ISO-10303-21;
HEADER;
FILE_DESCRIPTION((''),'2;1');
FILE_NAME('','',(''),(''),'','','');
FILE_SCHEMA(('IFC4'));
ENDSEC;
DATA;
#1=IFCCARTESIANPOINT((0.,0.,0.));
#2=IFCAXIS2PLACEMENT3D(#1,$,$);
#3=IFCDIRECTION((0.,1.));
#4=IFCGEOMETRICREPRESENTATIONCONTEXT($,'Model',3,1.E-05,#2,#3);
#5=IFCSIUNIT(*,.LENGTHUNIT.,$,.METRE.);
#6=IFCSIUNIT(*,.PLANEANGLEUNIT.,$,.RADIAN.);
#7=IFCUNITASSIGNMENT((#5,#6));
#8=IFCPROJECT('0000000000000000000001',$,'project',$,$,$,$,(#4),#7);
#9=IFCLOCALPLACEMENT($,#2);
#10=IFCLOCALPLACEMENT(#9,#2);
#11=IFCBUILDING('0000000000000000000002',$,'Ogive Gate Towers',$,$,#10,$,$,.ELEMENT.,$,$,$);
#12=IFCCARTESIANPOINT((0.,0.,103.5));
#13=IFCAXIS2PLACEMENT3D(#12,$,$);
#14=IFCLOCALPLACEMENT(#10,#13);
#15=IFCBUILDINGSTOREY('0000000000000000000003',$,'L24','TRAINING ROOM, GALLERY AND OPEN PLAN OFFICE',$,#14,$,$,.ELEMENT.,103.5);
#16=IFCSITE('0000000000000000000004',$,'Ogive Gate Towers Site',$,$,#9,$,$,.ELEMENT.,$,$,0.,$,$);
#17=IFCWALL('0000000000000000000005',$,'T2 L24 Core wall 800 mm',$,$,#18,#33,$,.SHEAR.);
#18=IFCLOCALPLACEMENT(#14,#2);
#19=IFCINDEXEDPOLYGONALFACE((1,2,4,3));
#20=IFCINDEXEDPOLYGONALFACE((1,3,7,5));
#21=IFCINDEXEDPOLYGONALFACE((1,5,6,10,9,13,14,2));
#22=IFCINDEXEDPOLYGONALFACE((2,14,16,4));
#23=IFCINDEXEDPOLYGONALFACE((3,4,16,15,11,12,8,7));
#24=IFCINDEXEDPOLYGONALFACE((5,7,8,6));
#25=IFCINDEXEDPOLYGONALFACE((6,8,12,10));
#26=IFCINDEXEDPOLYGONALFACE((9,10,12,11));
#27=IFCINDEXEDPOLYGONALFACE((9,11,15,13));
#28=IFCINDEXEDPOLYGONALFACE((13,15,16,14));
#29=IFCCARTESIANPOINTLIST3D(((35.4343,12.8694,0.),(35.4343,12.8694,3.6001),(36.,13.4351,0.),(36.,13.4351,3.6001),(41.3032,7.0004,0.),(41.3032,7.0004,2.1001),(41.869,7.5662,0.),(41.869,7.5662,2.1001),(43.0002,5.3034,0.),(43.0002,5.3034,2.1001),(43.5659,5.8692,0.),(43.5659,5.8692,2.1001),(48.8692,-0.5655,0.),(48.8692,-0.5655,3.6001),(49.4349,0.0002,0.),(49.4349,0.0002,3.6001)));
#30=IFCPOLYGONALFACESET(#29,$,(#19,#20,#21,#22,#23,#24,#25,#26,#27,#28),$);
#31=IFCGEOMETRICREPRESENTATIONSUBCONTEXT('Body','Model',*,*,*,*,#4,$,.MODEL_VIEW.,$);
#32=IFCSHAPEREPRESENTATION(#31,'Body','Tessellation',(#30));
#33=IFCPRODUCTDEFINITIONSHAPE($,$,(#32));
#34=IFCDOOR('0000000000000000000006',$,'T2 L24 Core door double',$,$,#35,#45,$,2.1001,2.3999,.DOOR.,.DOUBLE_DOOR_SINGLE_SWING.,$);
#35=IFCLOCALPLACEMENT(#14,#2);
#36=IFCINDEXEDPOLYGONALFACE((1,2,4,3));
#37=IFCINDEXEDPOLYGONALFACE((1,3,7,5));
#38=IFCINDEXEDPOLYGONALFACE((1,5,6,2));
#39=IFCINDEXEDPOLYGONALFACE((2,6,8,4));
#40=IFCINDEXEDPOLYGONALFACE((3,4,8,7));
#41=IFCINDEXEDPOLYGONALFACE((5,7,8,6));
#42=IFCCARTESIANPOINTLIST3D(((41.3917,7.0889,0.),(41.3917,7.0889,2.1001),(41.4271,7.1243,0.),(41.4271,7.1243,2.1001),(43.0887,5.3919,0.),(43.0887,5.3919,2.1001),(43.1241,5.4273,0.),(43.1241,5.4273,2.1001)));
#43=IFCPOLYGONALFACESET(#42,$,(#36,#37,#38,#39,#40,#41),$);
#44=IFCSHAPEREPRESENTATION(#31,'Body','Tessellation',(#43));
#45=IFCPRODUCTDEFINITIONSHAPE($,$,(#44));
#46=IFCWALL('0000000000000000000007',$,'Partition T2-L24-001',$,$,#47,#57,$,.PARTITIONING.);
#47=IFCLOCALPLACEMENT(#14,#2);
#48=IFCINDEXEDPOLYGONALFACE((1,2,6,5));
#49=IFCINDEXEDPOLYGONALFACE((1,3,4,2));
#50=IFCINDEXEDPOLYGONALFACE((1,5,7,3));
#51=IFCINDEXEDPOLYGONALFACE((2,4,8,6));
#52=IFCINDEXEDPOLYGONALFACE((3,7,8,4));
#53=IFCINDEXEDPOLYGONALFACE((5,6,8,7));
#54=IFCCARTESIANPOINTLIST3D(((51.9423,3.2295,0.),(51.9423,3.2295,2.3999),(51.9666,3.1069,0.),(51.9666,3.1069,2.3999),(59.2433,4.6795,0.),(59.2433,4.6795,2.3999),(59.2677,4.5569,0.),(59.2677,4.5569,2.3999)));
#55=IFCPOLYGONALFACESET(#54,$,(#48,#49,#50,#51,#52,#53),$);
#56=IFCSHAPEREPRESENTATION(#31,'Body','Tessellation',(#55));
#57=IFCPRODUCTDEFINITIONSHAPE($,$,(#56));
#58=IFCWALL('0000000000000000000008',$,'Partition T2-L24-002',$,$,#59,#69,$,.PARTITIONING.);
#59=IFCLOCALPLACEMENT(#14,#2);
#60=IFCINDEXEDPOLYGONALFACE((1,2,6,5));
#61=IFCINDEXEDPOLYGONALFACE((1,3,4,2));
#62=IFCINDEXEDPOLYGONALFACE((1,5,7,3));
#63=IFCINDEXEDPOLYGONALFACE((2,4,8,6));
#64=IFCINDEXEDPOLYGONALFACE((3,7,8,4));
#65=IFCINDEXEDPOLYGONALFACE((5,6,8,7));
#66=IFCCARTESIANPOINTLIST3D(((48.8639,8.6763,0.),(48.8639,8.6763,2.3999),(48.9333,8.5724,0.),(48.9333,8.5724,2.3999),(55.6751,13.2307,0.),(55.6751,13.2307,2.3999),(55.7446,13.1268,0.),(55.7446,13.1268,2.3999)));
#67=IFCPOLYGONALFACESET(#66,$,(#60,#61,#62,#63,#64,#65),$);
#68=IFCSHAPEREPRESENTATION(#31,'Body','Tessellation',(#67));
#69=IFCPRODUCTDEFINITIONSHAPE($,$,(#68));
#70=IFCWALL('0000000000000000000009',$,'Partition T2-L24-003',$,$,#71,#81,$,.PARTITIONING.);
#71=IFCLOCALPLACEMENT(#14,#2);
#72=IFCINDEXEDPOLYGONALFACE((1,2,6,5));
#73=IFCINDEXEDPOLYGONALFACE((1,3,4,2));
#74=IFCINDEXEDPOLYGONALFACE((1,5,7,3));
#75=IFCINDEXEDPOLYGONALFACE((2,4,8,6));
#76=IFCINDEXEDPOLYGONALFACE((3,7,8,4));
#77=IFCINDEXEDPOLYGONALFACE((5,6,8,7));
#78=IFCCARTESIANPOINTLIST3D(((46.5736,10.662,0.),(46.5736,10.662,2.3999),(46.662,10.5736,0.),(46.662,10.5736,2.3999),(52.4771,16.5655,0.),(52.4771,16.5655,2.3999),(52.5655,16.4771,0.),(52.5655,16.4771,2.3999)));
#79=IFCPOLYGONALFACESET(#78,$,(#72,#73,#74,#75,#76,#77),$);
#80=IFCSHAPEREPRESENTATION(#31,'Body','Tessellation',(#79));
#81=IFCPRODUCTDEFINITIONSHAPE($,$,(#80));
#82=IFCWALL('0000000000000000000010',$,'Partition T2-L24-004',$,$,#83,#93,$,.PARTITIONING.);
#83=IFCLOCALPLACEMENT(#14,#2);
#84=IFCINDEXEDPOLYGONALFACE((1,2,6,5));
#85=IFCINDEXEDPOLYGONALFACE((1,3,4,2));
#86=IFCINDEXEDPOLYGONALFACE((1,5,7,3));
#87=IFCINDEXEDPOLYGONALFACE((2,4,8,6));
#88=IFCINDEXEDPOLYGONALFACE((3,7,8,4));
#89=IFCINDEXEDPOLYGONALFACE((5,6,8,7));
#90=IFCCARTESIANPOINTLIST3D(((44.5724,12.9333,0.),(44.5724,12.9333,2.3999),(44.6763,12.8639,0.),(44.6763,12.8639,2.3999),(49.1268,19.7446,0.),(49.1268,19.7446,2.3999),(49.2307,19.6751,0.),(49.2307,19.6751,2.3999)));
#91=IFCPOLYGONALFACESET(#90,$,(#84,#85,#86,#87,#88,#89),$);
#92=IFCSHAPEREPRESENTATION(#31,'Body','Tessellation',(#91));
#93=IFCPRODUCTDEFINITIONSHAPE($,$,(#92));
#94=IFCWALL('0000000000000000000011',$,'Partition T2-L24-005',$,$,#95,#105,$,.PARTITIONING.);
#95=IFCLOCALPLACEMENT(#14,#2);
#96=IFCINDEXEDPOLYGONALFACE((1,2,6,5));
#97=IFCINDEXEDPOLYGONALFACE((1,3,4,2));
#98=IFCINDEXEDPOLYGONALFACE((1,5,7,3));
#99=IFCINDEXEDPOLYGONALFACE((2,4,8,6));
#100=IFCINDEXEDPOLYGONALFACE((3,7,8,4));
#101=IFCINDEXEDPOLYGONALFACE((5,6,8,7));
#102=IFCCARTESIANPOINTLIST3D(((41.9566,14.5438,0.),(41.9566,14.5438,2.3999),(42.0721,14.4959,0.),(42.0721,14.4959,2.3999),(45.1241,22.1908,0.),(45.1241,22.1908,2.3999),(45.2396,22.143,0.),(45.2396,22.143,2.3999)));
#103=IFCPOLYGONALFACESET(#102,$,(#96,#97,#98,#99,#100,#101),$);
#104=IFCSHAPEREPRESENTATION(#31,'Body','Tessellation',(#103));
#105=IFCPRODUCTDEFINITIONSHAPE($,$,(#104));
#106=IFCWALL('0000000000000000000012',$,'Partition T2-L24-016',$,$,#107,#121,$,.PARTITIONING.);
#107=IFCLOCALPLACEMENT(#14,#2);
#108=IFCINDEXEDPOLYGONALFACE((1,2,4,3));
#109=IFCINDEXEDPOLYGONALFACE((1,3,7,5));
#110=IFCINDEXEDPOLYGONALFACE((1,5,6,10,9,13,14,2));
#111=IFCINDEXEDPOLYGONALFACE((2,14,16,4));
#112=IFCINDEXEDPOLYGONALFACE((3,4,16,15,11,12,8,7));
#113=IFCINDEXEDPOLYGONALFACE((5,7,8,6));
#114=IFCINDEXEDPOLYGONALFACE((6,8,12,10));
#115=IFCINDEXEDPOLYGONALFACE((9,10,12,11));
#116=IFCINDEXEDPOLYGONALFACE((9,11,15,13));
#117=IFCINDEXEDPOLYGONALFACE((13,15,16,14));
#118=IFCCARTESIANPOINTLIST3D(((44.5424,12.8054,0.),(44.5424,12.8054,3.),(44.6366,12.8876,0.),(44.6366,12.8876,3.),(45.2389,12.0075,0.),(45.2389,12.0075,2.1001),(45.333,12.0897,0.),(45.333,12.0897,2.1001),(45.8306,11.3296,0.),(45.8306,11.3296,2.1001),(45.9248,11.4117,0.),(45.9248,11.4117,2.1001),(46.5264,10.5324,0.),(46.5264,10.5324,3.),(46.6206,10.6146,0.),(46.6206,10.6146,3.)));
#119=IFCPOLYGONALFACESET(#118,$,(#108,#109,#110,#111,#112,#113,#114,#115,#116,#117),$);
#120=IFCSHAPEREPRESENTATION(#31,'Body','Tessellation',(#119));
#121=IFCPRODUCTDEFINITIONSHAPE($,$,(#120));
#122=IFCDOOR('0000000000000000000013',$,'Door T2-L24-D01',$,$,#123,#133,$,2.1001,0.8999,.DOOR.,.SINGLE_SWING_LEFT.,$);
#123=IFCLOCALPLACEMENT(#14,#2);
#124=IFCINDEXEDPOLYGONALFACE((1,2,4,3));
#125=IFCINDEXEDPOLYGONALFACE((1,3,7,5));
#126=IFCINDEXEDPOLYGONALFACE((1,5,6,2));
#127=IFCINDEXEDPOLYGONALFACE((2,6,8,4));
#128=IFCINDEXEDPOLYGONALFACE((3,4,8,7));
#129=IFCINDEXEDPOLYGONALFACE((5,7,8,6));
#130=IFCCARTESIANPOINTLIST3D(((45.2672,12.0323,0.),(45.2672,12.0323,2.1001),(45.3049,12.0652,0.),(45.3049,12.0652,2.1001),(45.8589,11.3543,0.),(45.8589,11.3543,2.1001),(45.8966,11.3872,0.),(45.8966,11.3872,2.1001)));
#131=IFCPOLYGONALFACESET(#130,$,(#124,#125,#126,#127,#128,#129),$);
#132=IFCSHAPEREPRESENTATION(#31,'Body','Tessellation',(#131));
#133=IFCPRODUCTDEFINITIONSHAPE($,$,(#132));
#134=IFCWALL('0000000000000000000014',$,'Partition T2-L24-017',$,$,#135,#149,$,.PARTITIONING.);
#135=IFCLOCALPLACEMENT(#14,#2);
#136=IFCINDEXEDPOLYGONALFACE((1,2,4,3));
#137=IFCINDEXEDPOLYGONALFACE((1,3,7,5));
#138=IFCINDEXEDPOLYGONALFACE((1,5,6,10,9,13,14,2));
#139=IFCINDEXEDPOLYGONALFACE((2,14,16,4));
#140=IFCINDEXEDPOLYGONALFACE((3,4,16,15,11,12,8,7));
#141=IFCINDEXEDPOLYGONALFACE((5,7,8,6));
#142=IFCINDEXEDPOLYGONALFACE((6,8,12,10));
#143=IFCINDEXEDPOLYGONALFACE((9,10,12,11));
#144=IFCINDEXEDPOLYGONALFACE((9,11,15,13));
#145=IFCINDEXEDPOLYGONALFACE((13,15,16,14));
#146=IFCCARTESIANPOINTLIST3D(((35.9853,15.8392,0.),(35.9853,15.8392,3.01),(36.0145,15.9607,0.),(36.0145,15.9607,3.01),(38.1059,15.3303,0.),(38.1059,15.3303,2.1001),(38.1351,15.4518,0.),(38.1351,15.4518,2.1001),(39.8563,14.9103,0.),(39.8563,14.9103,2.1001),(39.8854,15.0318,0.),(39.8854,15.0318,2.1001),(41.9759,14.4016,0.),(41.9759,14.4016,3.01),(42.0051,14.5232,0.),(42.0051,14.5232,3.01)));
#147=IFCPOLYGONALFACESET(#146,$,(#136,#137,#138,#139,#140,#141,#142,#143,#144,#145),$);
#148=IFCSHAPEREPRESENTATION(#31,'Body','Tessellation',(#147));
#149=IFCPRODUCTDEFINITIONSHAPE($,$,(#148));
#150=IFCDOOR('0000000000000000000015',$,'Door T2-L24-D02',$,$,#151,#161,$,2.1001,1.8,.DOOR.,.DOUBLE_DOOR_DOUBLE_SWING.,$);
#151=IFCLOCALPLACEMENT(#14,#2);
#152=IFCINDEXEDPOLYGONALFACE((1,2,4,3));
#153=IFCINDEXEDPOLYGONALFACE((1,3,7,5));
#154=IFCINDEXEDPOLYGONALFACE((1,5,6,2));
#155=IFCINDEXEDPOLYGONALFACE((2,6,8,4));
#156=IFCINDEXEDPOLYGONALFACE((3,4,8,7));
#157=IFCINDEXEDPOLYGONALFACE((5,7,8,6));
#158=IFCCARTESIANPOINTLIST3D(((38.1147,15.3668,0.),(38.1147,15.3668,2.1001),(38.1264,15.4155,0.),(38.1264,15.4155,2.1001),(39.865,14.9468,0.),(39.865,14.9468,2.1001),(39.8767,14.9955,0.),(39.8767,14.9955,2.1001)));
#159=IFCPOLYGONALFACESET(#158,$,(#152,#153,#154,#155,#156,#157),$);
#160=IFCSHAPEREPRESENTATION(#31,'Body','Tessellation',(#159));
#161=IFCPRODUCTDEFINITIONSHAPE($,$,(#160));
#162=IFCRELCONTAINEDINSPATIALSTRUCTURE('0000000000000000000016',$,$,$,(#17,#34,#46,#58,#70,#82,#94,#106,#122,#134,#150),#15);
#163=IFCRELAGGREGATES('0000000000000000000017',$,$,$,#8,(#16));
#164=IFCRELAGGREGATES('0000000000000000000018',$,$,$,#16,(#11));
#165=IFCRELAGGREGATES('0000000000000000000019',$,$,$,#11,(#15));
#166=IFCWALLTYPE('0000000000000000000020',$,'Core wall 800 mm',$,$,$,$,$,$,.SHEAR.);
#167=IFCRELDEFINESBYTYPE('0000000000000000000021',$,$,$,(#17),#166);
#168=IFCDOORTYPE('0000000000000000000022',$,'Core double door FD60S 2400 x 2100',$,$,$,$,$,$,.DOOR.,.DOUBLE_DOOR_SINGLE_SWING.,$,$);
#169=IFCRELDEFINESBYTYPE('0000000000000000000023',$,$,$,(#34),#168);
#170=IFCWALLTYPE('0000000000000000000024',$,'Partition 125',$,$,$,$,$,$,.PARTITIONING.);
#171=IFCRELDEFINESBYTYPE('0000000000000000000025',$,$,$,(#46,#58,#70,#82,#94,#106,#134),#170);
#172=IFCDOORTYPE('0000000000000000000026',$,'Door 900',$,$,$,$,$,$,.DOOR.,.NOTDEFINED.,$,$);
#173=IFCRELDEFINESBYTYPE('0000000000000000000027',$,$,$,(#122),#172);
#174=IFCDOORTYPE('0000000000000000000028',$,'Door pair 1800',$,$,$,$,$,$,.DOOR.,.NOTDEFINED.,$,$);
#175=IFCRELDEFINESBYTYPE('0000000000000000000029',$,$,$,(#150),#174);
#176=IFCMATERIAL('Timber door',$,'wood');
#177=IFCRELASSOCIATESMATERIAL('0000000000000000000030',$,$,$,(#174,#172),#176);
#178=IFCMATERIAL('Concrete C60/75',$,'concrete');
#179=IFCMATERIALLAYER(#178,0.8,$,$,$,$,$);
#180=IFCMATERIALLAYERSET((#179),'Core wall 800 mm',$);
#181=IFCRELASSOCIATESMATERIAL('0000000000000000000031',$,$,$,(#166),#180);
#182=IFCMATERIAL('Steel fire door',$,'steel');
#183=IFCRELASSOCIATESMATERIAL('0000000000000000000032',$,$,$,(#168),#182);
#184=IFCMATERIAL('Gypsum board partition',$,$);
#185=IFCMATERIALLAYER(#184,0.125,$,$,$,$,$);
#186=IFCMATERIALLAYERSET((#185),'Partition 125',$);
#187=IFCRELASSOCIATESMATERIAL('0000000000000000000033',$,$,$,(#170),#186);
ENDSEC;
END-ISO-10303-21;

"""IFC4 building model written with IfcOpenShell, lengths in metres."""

from ifc_helpers import new_model, si_unit, direction, frame, frame_2d, origin, place, context, subcontext, project, spatial, rectangle, extrude, material, layer, layer_set, type_object, element, fill, save


model = new_model("IFC4")

# Units and contexts
model_context = context("Model", 3, precision=1e-05, world=origin(), true_north=direction((0.0, 1.0)))
body_context = subcontext(model_context, "Body", "Model", "MODEL_VIEW")
ifc_project = project(units=[si_unit("LENGTHUNIT", "METRE"), si_unit("PLANEANGLEUNIT", "RADIAN")], contexts=[model_context])

# Site, building, storey
site_placement = place(None, origin())
site = spatial("IfcSite", under=ifc_project, at=site_placement, Name="Ogive Gate Towers Site", CompositionType="ELEMENT", RefElevation=0.0)
building_placement = place(site_placement, origin())
building = spatial("IfcBuilding", under=site, at=building_placement, Name="Ogive Gate Towers", CompositionType="ELEMENT")
storey_placement = place(building_placement, frame((0.0, 0.0, 103.5)))
storey = spatial("IfcBuildingStorey", under=building, at=storey_placement, Name="L24", Description="TRAINING ROOM, GALLERY AND OPEN PLAN OFFICE", CompositionType="ELEMENT", Elevation=103.5)

# Wall, opening, door
ifc_material_1 = material(Name="Timber door", Category="wood")
door_type_1 = type_object("IfcDoorType", Name="Door pair 1800", OperationType="NOTDEFINED", PredefinedType="DOOR", material=ifc_material_1)
ifc_material_2 = material(Name="Concrete C60/75", Category="concrete")
ifc_layer_1 = layer(ifc_material_2, 0.8)
ifc_layer_set_1 = layer_set([ifc_layer_1], Name="Core wall 800 mm")
wall_type_1 = type_object("IfcWallType", Name="Core wall 800 mm", PredefinedType="SHEAR", material=ifc_layer_set_1)
wall_1_placement = place(storey_placement, frame((49.1521, -0.2827, 0.0), z_axis=(0.0, 0.0, 1.0), x_axis=(-0.707107, 0.707107, 0.0)))
wall_1 = element("IfcWall", 1, at=wall_1_placement, inside=storey, type_object=wall_type_1, Name="T2 L24 Core wall 800 mm", PredefinedType="SHEAR", context=body_context, shape_type="SweptSolid", body=[
    extrude(rectangle(XDim=18.9998, YDim=0.8, at=frame_2d((9.5, 0.0))), origin(), (0.0, 0.0, 1.0), 3.6001),
])
opening_1_placement = place(wall_1_placement, frame((8.3, 0.0, 0.0)))
opening_1 = element("IfcOpeningElement", 2, at=opening_1_placement, cuts=wall_1, PredefinedType="OPENING", context=body_context, shape_type="SweptSolid", body=[
    extrude(rectangle(XDim=2.3999, YDim=2.1001, at=frame_2d((1.2, 1.05))), frame((0.0, 0.4102, 0.0), z_axis=(0.0, -1.0, 0.0), x_axis=(1.0, 0.0, 0.0)), (0.0, 0.0, 1.0), 0.8201),
])
ifc_material_3 = material(Name="Steel fire door", Category="steel")
door_type_2 = type_object("IfcDoorType", Name="Core double door FD60S 2400 x 2100", OperationType="DOUBLE_DOOR_SINGLE_SWING", PredefinedType="DOOR", material=ifc_material_3)
door_1_placement = place(opening_1_placement, origin())
door_1 = element("IfcDoor", 3, at=door_1_placement, inside=storey, type_object=door_type_2, Name="T2 L24 Core door double", OperationType="DOUBLE_DOOR_SINGLE_SWING", OverallHeight=2.1001, OverallWidth=2.3999, PredefinedType="DOOR", context=body_context, shape_type="SweptSolid", body=[
    extrude(rectangle(XDim=2.3999, YDim=2.1001, at=frame_2d((1.2, 1.05))), frame((0.0, 0.2749, 0.0), z_axis=(0.0, -1.0, 0.0), x_axis=(1.0, 0.0, 0.0)), (0.0, 0.0, 1.0), 0.05),
])
fill(opening_1, door_1)

# Walls
ifc_material_4 = material(Name="Gypsum board partition")
ifc_layer_2 = layer(ifc_material_4, 0.125)
ifc_layer_set_2 = layer_set([ifc_layer_2], Name="Partition 125")
wall_type_2 = type_object("IfcWallType", Name="Partition 125", PredefinedType="PARTITIONING", material=ifc_layer_set_2)
wall_2_placement = place(storey_placement, frame((59.2554, 4.6182, 0.0), z_axis=(0.0, 0.0, 1.0), x_axis=(-0.980845, -0.194791, 0.0)))
element("IfcWall", 4, at=wall_2_placement, inside=storey, type_object=wall_type_2, Name="Partition T2-L24-001", PredefinedType="PARTITIONING", context=body_context, shape_type="SweptSolid", body=[
    extrude(rectangle(XDim=7.4436, YDim=0.125, at=frame_2d((3.7217, 0.0))), origin(), (0.0, 0.0, 1.0), 2.3999),
])
wall_3_placement = place(storey_placement, frame((55.7097, 13.1787, 0.0), z_axis=(0.0, 0.0, 1.0), x_axis=(-0.831284, -0.555848, 0.0)))
element("IfcWall", 5, at=wall_3_placement, inside=storey, type_object=wall_type_2, Name="Partition T2-L24-002", PredefinedType="PARTITIONING", context=body_context, shape_type="SweptSolid", body=[
    extrude(rectangle(XDim=8.1936, YDim=0.125, at=frame_2d((4.0967, 0.0))), origin(), (0.0, 0.0, 1.0), 2.3999),
])
wall_4_placement = place(storey_placement, frame((52.5212, 16.5212, 0.0), z_axis=(0.0, 0.0, 1.0), x_axis=(-0.707107, -0.707107, 0.0)))
element("IfcWall", 6, at=wall_4_placement, inside=storey, type_object=wall_type_2, Name="Partition T2-L24-003", PredefinedType="PARTITIONING", context=body_context, shape_type="SweptSolid", body=[
    extrude(rectangle(XDim=8.3489, YDim=0.125, at=frame_2d((4.1743, 0.0))), origin(), (0.0, 0.0, 1.0), 2.3999),
])
wall_5_placement = place(storey_placement, frame((49.1787, 19.7097, 0.0), z_axis=(0.0, 0.0, 1.0), x_axis=(-0.555848, -0.831284, 0.0)))
element("IfcWall", 7, at=wall_5_placement, inside=storey, type_object=wall_type_2, Name="Partition T2-L24-004", PredefinedType="PARTITIONING", context=body_context, shape_type="SweptSolid", body=[
    extrude(rectangle(XDim=8.1936, YDim=0.125, at=frame_2d((4.0967, 0.0))), origin(), (0.0, 0.0, 1.0), 2.3999),
])
wall_6_placement = place(storey_placement, frame((45.1819, 22.167, 0.0), z_axis=(0.0, 0.0, 1.0), x_axis=(-0.382684, -0.92388, 0.0)))
element("IfcWall", 8, at=wall_6_placement, inside=storey, type_object=wall_type_2, Name="Partition T2-L24-005", PredefinedType="PARTITIONING", context=body_context, shape_type="SweptSolid", body=[
    extrude(rectangle(XDim=8.2771, YDim=0.125, at=frame_2d((4.1387, 0.0))), origin(), (0.0, 0.0, 1.0), 2.3999),
])

# Walls, openings, doors
wall_7_placement = place(storey_placement, frame((46.5735, 10.5735, 0.0), z_axis=(0.0, 0.0, 1.0), x_axis=(-0.657576, 0.753388, 0.0)))
wall_7 = element("IfcWall", 9, at=wall_7_placement, inside=storey, type_object=wall_type_2, Name="Partition T2-L24-016", PredefinedType="PARTITIONING", context=body_context, shape_type="SweptSolid", body=[
    extrude(rectangle(XDim=3.0171, YDim=0.125, at=frame_2d((1.5085, 0.0))), origin(), (0.0, 0.0, 1.0), 3.0),
])
opening_2_placement = place(wall_7_placement, frame((1.0581, 0.0, 0.0)))
opening_2 = element("IfcOpeningElement", 10, at=opening_2_placement, cuts=wall_7, PredefinedType="OPENING", context=body_context, shape_type="SweptSolid", body=[
    extrude(rectangle(XDim=0.8999, YDim=2.1001, at=frame_2d((0.45, 1.05))), frame((0.0, 0.0725, 0.0), z_axis=(0.0, -1.0, 0.0), x_axis=(1.0, 0.0, 0.0)), (0.0, 0.0, 1.0), 0.145),
])
door_type_3 = type_object("IfcDoorType", Name="Door 900", OperationType="NOTDEFINED", PredefinedType="DOOR", material=ifc_material_1)
door_2_placement = place(opening_2_placement, origin())
door_2 = element("IfcDoor", 11, at=door_2_placement, inside=storey, type_object=door_type_3, Name="Door T2-L24-D01", OperationType="SINGLE_SWING_LEFT", OverallHeight=2.1001, OverallWidth=0.8999, PredefinedType="DOOR", context=body_context, shape_type="SweptSolid", body=[
    extrude(rectangle(XDim=0.8999, YDim=2.1001, at=frame_2d((0.45, 1.05))), frame((0.0, 0.0249, 0.0), z_axis=(0.0, -1.0, 0.0), x_axis=(1.0, 0.0, 0.0)), (0.0, 0.0, 1.0), 0.05),
])
fill(opening_2, door_2)
wall_8_placement = place(storey_placement, frame((41.9905, 14.4624, 0.0), z_axis=(0.0, 0.0, 1.0), x_axis=(-0.972395, 0.23334, 0.0)))
wall_8 = element("IfcWall", 12, at=wall_8_placement, inside=storey, type_object=wall_type_2, Name="Partition T2-L24-017", PredefinedType="PARTITIONING", context=body_context, shape_type="SweptSolid", body=[
    extrude(rectangle(XDim=6.1606, YDim=0.125, at=frame_2d((3.0803, 0.0))), origin(), (0.0, 0.0, 1.0), 3.01),
])
opening_3_placement = place(wall_8_placement, frame((2.1799, 0.0, 0.0)))
opening_3 = element("IfcOpeningElement", 13, at=opening_3_placement, cuts=wall_8, PredefinedType="OPENING", context=body_context, shape_type="SweptSolid", body=[
    extrude(rectangle(XDim=1.8, YDim=2.1001, at=frame_2d((0.8999, 1.05))), frame((0.0, 0.0725, 0.0), z_axis=(0.0, -1.0, 0.0), x_axis=(1.0, 0.0, 0.0)), (0.0, 0.0, 1.0), 0.145),
])
door_3_placement = place(opening_3_placement, origin())
door_3 = element("IfcDoor", 14, at=door_3_placement, inside=storey, type_object=door_type_1, Name="Door T2-L24-D02", OperationType="DOUBLE_DOOR_DOUBLE_SWING", OverallHeight=2.1001, OverallWidth=1.8, PredefinedType="DOOR", context=body_context, shape_type="SweptSolid", body=[
    extrude(rectangle(XDim=1.8, YDim=2.1001, at=frame_2d((0.8999, 1.05))), frame((0.0, 0.0249, 0.0), z_axis=(0.0, -1.0, 0.0), x_axis=(1.0, 0.0, 0.0)), (0.0, 0.0, 1.0), 0.05),
])
fill(opening_3, door_3)

save(model, "model.ifc")
